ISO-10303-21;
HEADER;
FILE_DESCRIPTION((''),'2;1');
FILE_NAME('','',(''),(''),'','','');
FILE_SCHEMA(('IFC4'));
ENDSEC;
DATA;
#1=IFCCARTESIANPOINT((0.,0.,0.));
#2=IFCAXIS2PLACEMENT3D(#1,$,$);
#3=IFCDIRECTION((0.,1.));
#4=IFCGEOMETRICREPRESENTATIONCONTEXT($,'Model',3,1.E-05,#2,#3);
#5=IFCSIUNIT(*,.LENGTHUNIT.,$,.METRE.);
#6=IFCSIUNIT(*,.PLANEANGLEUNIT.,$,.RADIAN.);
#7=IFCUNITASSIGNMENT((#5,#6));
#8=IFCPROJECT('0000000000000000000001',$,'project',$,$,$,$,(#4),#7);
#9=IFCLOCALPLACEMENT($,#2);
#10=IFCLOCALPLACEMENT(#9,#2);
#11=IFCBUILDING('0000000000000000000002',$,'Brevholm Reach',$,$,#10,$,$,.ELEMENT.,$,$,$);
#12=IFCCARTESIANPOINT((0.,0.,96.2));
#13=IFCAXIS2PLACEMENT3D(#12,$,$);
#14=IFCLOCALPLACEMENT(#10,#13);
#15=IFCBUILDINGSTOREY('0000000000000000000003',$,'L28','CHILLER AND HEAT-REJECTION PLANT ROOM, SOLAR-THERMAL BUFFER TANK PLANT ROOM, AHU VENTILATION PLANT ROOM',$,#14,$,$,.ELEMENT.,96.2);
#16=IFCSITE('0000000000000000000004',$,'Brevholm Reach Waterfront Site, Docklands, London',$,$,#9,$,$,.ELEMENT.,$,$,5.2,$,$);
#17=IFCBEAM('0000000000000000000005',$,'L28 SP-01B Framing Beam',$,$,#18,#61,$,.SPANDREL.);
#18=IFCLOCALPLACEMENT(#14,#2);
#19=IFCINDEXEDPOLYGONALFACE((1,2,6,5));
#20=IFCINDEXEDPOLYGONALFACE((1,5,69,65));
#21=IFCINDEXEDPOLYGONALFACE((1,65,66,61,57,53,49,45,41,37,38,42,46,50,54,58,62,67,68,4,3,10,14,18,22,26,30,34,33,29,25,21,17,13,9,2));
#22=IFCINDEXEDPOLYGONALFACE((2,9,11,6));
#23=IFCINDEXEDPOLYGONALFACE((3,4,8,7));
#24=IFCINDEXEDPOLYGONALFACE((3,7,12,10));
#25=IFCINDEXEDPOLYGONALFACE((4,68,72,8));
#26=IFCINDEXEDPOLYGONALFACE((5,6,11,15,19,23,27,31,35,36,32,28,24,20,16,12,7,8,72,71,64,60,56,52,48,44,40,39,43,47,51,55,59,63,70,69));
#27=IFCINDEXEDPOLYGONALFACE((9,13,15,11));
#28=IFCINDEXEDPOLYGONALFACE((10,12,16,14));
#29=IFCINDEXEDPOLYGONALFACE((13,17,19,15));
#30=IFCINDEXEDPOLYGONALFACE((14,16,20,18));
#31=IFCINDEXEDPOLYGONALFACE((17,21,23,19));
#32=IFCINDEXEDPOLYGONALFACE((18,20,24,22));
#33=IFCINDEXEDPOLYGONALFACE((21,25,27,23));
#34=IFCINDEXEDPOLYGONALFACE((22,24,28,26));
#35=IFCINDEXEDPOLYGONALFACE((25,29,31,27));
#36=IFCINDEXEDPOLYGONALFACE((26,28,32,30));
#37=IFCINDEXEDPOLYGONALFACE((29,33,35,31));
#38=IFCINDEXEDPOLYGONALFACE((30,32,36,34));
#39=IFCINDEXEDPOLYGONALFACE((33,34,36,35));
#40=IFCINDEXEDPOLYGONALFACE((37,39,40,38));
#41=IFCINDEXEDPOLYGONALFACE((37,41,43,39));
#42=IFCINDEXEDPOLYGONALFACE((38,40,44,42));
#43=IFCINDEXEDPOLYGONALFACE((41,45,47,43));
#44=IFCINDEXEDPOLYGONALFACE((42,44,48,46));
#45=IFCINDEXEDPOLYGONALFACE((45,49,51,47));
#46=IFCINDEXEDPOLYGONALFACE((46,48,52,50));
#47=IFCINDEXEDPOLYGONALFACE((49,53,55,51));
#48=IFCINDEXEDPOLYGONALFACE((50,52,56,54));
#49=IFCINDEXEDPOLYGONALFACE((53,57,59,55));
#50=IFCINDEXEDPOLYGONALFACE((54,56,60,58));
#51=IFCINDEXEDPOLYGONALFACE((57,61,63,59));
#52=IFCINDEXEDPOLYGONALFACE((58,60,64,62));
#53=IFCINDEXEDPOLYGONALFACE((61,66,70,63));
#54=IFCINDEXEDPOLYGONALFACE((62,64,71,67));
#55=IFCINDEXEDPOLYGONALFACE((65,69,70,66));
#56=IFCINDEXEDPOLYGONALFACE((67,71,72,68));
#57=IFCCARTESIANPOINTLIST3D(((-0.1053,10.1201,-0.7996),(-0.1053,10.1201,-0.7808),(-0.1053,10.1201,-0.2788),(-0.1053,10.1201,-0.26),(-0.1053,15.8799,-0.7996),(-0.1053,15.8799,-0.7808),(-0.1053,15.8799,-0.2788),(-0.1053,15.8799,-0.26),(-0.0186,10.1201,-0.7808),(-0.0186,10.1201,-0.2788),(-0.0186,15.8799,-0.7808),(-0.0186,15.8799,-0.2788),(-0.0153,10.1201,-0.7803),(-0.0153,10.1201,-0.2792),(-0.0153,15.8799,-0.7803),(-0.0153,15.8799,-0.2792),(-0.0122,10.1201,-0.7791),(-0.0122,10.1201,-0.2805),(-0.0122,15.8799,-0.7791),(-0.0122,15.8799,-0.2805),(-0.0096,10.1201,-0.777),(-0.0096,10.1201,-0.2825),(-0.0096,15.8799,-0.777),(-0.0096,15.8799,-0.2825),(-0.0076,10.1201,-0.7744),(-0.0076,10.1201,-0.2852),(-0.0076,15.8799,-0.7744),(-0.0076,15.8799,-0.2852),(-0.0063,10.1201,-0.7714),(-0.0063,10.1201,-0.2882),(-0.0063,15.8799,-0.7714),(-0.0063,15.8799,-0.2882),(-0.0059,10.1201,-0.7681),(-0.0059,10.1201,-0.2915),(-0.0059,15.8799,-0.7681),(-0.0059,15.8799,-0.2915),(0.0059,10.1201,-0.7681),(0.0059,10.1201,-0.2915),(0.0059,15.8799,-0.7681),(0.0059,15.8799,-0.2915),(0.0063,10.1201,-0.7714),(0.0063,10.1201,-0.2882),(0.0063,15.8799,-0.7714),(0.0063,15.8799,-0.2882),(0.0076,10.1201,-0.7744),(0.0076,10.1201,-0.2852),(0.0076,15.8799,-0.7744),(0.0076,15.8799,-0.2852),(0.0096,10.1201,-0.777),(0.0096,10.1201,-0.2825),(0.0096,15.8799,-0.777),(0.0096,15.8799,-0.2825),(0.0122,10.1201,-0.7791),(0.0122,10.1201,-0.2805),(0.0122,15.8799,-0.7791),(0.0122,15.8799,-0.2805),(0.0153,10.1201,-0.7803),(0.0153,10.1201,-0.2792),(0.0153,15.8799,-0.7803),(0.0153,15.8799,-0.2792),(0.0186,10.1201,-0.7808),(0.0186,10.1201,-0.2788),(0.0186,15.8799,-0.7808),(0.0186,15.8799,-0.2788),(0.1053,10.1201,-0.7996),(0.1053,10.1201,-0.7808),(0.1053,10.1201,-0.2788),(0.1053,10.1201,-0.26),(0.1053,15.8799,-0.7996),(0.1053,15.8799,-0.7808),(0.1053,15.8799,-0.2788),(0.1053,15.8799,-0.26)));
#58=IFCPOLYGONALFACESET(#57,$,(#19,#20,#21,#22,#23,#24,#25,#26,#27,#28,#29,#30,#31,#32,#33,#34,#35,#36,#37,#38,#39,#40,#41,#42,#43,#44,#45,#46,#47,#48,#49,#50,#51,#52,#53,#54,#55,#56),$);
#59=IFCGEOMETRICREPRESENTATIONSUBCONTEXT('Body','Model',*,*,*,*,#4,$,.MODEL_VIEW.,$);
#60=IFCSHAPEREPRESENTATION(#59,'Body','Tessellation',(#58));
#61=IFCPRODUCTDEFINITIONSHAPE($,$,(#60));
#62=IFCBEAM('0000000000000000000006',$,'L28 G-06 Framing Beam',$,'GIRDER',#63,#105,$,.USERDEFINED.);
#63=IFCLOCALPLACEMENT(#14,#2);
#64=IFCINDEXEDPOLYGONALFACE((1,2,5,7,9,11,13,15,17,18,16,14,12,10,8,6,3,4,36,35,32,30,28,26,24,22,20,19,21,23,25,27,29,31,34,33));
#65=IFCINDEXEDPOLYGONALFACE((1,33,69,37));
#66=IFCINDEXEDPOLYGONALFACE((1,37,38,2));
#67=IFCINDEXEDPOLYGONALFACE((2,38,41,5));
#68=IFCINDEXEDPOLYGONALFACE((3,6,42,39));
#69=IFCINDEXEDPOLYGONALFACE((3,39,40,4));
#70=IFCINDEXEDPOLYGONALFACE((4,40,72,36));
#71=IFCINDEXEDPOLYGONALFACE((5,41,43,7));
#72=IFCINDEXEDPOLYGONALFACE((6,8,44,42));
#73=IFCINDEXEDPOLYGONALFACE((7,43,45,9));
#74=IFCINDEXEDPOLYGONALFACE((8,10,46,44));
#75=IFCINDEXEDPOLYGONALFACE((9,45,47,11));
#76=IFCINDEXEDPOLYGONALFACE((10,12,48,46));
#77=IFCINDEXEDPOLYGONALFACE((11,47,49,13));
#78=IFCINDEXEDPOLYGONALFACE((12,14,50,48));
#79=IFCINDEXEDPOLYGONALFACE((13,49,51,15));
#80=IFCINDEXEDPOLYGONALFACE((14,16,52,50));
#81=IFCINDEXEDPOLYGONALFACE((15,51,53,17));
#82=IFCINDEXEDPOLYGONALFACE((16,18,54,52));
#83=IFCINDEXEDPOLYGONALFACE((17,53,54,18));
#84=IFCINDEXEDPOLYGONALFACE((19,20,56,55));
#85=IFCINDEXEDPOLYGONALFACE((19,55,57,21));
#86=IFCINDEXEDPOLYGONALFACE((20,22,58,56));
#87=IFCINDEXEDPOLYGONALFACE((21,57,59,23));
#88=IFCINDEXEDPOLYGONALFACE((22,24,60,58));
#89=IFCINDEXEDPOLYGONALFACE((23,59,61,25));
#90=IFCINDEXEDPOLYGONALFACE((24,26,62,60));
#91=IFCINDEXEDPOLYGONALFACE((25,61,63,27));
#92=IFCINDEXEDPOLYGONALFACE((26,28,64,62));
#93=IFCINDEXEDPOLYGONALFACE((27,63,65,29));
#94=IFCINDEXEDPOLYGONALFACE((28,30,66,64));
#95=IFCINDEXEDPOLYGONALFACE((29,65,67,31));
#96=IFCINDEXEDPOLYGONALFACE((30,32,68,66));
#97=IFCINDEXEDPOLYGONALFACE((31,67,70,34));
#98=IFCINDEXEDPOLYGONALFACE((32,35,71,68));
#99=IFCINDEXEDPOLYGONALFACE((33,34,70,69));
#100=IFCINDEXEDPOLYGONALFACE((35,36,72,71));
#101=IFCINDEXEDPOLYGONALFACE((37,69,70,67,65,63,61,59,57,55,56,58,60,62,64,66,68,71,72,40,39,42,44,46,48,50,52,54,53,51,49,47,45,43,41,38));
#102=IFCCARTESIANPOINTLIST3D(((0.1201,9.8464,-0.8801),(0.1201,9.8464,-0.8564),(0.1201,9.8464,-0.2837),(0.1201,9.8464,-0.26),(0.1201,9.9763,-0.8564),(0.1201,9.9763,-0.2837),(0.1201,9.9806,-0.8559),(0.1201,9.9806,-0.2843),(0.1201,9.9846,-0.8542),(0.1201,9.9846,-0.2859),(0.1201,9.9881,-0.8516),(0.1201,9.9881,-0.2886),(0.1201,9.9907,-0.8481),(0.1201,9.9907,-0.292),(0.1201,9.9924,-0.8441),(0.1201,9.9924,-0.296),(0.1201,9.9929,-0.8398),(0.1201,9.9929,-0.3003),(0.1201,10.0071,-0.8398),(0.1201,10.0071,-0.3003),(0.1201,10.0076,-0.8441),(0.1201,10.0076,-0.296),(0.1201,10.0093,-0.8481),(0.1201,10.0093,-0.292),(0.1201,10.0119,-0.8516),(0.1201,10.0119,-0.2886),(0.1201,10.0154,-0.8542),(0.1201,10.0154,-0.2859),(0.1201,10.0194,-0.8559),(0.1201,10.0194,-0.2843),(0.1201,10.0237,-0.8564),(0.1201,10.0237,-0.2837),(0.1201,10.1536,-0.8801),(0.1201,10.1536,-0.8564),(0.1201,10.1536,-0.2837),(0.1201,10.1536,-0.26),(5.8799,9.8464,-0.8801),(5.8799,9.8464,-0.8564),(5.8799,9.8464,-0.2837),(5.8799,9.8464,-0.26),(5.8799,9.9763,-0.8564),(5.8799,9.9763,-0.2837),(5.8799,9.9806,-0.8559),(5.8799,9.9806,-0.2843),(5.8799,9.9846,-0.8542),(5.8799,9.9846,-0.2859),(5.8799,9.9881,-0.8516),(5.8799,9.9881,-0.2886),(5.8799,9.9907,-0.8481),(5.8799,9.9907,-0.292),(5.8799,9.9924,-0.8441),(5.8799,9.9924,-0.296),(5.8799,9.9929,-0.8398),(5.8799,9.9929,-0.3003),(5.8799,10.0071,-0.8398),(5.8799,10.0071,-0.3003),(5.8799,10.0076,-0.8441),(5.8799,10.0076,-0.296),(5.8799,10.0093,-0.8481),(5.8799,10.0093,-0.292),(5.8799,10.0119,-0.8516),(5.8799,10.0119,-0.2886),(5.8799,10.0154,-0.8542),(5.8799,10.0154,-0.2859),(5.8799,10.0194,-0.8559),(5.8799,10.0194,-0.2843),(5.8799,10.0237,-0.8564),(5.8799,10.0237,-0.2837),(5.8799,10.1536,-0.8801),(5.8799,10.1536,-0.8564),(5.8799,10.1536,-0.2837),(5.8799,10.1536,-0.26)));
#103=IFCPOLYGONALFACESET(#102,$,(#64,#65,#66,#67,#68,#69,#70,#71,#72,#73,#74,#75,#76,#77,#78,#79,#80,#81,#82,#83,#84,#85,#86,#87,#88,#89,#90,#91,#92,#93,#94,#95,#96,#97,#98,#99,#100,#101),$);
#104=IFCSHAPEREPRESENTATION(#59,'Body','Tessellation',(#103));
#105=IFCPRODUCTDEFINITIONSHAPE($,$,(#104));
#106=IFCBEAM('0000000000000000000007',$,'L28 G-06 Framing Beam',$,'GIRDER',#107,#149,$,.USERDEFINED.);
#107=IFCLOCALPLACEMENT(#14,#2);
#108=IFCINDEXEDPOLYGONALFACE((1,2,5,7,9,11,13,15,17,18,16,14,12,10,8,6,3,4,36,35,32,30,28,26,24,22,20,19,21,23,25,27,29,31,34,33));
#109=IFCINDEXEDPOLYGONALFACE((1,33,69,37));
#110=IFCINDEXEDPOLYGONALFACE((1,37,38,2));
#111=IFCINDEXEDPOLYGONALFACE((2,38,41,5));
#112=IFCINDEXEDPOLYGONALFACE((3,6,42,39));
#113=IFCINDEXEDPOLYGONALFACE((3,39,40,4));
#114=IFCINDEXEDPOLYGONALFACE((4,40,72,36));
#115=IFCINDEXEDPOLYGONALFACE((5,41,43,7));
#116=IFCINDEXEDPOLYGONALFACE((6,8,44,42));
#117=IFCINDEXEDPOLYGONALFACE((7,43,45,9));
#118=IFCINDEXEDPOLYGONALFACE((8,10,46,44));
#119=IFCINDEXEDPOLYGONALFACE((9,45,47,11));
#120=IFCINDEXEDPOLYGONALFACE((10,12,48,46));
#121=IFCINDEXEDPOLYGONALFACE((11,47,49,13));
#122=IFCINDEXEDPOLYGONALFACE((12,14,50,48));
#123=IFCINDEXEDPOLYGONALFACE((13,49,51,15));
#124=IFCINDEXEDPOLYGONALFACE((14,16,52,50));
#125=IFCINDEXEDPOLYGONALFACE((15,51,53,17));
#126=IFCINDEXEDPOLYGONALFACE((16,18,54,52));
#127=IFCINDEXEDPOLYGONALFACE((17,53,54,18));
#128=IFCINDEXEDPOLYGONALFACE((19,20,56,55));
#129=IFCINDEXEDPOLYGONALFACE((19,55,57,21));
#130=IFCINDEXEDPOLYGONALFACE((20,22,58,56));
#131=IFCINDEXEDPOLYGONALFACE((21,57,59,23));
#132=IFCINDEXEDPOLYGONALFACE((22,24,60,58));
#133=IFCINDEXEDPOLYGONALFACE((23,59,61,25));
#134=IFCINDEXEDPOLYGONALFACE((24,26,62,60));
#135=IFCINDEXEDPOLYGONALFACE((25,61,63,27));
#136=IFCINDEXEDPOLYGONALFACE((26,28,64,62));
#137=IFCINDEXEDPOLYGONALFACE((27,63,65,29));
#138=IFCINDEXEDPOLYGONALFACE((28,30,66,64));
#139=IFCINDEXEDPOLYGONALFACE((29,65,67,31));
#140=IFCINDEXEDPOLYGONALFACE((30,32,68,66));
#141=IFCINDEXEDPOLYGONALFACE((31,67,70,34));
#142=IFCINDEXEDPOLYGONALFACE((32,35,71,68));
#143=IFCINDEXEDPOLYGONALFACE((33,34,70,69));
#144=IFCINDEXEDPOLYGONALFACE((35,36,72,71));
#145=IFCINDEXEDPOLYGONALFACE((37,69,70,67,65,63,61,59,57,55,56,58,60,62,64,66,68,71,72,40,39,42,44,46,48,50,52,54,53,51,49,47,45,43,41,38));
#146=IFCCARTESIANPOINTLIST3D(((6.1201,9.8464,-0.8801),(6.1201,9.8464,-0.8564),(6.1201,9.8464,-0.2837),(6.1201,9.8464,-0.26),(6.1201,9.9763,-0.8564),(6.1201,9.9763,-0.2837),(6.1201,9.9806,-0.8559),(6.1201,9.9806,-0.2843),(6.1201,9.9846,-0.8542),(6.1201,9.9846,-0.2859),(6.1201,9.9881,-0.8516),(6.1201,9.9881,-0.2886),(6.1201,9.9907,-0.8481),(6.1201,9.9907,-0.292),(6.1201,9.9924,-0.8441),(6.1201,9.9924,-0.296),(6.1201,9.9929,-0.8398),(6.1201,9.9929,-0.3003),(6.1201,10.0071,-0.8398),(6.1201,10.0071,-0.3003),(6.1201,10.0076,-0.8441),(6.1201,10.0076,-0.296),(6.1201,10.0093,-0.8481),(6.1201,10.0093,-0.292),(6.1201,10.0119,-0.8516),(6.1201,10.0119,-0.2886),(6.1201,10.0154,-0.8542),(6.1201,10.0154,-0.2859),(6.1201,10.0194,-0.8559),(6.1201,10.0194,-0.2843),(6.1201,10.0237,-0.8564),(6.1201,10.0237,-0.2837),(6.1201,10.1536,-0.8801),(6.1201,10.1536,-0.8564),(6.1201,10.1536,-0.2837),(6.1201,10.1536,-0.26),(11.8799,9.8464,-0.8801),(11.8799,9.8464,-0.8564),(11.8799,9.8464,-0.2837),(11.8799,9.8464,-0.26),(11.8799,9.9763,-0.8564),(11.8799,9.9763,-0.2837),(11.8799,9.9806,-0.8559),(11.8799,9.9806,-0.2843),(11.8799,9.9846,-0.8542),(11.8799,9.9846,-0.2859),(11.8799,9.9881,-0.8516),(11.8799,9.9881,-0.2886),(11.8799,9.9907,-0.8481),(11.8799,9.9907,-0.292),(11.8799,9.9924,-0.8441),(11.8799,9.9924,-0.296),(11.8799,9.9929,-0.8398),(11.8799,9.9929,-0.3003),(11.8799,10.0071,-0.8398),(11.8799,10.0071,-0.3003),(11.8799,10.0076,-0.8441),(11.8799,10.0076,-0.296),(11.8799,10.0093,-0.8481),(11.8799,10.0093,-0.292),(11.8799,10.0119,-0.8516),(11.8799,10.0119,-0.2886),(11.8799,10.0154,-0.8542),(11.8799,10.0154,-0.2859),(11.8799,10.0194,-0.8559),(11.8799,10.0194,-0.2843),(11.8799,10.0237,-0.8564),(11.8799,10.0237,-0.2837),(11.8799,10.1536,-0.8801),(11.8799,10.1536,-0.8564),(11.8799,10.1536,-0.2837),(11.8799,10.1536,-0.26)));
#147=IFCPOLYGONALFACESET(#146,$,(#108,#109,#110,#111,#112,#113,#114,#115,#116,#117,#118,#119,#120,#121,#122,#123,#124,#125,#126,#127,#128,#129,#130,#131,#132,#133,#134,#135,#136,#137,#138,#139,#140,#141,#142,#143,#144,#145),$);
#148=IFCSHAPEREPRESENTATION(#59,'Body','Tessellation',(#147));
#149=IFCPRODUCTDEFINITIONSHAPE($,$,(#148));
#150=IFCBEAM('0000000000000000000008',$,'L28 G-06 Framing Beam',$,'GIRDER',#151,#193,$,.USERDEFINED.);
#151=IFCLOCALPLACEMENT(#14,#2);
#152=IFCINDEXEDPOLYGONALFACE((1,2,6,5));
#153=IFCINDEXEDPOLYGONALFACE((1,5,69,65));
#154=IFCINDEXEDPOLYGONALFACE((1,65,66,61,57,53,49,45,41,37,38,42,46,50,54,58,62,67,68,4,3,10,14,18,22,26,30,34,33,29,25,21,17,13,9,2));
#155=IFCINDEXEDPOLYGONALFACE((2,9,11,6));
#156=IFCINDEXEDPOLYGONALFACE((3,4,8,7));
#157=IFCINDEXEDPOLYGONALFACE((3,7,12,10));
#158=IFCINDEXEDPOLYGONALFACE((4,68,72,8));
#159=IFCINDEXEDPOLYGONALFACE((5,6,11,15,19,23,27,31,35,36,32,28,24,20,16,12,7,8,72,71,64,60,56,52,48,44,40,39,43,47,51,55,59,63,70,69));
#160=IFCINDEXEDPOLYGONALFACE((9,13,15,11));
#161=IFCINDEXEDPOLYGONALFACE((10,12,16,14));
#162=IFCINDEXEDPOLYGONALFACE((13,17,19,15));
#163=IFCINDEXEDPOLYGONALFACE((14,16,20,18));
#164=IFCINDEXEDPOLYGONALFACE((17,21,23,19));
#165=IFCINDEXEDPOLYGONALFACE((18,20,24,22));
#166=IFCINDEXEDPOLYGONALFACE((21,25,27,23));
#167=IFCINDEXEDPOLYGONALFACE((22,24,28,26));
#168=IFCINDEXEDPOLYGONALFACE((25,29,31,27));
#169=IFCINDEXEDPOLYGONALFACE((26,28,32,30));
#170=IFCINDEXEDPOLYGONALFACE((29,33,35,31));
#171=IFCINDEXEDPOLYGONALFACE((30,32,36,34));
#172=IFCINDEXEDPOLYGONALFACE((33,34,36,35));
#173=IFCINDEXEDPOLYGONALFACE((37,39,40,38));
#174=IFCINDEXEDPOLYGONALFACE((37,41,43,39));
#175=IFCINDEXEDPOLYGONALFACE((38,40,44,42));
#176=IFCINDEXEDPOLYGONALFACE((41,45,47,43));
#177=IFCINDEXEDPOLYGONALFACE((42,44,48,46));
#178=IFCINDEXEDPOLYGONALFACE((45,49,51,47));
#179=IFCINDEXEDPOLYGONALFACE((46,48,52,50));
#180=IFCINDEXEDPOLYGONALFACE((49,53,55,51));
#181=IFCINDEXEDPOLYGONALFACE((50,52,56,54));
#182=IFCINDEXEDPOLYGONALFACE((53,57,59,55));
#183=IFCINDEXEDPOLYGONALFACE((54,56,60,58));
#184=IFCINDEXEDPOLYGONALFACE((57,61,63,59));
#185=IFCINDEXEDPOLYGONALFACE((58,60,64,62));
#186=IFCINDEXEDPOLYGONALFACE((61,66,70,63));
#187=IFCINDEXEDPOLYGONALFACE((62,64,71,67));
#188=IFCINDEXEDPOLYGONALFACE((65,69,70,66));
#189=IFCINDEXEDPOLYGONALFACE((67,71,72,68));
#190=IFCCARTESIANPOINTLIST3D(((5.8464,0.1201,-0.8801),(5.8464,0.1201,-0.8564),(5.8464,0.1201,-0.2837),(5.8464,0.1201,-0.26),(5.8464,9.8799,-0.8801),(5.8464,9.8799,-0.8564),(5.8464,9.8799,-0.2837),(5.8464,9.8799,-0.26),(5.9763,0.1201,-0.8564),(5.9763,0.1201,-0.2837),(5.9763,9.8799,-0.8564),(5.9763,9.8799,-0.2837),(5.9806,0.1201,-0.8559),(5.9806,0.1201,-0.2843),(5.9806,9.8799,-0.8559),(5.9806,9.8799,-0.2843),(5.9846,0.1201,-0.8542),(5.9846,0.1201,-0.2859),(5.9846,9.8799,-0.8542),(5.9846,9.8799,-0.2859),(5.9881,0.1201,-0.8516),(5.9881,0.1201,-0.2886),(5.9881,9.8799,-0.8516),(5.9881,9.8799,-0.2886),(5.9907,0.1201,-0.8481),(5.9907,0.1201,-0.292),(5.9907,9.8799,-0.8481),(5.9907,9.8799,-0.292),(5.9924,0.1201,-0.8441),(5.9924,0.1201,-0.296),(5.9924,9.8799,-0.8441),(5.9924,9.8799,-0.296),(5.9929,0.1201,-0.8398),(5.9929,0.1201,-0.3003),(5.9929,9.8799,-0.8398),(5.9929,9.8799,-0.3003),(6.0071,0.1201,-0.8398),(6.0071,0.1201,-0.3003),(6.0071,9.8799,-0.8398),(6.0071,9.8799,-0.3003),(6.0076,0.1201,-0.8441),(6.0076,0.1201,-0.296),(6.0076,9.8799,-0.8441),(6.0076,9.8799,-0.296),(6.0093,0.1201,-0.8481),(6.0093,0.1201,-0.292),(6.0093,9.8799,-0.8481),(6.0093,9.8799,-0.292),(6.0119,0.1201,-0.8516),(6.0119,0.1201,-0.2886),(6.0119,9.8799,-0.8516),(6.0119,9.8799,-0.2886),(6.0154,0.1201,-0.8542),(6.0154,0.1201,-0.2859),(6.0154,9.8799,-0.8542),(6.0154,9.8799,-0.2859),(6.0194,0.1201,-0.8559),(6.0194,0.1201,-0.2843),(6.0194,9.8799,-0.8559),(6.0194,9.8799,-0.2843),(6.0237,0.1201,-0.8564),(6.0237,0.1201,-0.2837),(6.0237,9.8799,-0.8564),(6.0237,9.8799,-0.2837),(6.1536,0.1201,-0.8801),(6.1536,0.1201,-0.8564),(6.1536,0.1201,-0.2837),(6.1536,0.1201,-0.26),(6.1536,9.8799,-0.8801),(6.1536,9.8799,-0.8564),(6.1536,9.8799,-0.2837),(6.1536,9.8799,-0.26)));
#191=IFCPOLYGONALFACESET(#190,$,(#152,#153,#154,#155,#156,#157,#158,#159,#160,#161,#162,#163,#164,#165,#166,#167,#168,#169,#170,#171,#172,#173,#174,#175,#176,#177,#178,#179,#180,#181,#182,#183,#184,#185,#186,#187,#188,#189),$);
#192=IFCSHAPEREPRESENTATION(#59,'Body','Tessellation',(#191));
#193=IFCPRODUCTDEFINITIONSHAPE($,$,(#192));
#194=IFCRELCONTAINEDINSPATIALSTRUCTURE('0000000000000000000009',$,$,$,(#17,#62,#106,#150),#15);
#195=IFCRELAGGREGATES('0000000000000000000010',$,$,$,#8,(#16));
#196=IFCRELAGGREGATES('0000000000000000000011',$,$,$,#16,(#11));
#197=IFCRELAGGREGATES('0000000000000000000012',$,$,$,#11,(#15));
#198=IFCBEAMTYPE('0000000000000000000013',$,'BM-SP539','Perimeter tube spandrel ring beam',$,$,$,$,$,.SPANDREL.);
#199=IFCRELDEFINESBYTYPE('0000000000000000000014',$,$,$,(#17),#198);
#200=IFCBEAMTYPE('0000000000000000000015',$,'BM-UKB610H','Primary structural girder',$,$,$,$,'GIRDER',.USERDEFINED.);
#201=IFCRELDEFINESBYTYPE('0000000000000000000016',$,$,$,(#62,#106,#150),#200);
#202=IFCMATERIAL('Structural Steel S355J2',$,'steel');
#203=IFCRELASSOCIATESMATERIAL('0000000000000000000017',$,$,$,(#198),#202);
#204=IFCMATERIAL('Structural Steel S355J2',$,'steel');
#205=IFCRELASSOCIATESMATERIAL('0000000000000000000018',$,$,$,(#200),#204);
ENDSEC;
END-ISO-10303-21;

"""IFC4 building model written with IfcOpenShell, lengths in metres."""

from ifc_helpers import new_model, si_unit, direction, frame, origin, origin_2d, place, context, subcontext, project, spatial, i_section, extrude, material, material_profile, profile_set, type_object, element, save


model = new_model("IFC4")

# Units and contexts
model_context = context("Model", 3, precision=1e-05, world=origin(), true_north=direction((0.0, 1.0)))
body_context = subcontext(model_context, "Body", "Model", "MODEL_VIEW")
ifc_project = project(units=[si_unit("LENGTHUNIT", "METRE"), si_unit("PLANEANGLEUNIT", "RADIAN")], contexts=[model_context])

# Site, building, storey
site_placement = place(None, origin())
site = spatial("IfcSite", under=ifc_project, at=site_placement, Name="Brevholm Reach Waterfront Site, Docklands, London", CompositionType="ELEMENT", RefElevation=5.2)
building_placement = place(site_placement, origin())
building = spatial("IfcBuilding", under=site, at=building_placement, Name="Brevholm Reach", CompositionType="ELEMENT")
storey_placement = place(building_placement, frame((0.0, 0.0, 96.2)))
storey = spatial("IfcBuildingStorey", under=building, at=storey_placement, Name="L28", Description="CHILLER AND HEAT-REJECTION PLANT ROOM, SOLAR-THERMAL BUFFER TANK PLANT ROOM, AHU VENTILATION PLANT ROOM", CompositionType="ELEMENT", Elevation=96.2)

# Beams
ifc_material_1 = material(Name="Structural Steel S355J2", Category="steel")
ifc_material_profile_1 = material_profile(ifc_material_1, i_section(OverallWidth=0.2107, OverallDepth=0.5396, WebThickness=0.0117, FlangeThickness=0.0188, FilletRadius=0.0127, at=origin_2d()), Name="UKB 533x210x109")
ifc_profile_set_1 = profile_set([ifc_material_profile_1], Name="Structural Steel S355J2")
beam_type_1 = type_object("IfcBeamType", Name="BM-SP539", Description="Perimeter tube spandrel ring beam", PredefinedType="SPANDREL", material=ifc_profile_set_1)
for number, where, z_axis, x_axis, name in (
    (1, (0.0, 10.1201, -0.5298), (0.0, 1.0, 0.0), (-1.0, 0.0, 0.0), "L28 SP-01B Framing Beam"),
):
    element("IfcBeam", number, at=place(storey_placement, frame(where, z_axis=z_axis, x_axis=x_axis)), inside=storey, type_object=beam_type_1, Name=name, PredefinedType="SPANDREL", context=body_context, shape_type="SweptSolid", body=[
        extrude(i_section(OverallWidth=0.2107, OverallDepth=0.5396, WebThickness=0.0117, FlangeThickness=0.0188, FilletRadius=0.0127, at=origin_2d()), origin(), (0.0, 0.0, 1.0), 5.7598),
    ])
ifc_material_2 = material(Name="Structural Steel S355J2", Category="steel")
ifc_material_profile_2 = material_profile(ifc_material_2, i_section(OverallWidth=0.3071, OverallDepth=0.6201, WebThickness=0.0142, FlangeThickness=0.0237, FilletRadius=0.0166, at=origin_2d()), Name="UKB 610x305x179")
ifc_profile_set_2 = profile_set([ifc_material_profile_2], Name="Structural Steel S355J2")
beam_type_2 = type_object("IfcBeamType", Name="BM-UKB610H", Description="Primary structural girder", ElementType="GIRDER", PredefinedType="USERDEFINED", material=ifc_profile_set_2)
for number, where, z_axis, x_axis, name in (
    (2, (0.1201, 10.0, -0.5701), (1.0, 0.0, 0.0), (0.0, 1.0, 0.0), "L28 G-06 Framing Beam"),
    (3, (6.1201, 10.0, -0.5701), (1.0, 0.0, 0.0), (0.0, 1.0, 0.0), "L28 G-06 Framing Beam"),
):
    element("IfcBeam", number, at=place(storey_placement, frame(where, z_axis=z_axis, x_axis=x_axis)), inside=storey, type_object=beam_type_2, Name=name, ObjectType="GIRDER", PredefinedType="USERDEFINED", context=body_context, shape_type="SweptSolid", body=[
        extrude(i_section(OverallWidth=0.3071, OverallDepth=0.6201, WebThickness=0.0142, FlangeThickness=0.0237, FilletRadius=0.0166, at=origin_2d()), origin(), (0.0, 0.0, 1.0), 5.7598),
    ])
beam_1_placement = place(storey_placement, frame((6.0, 0.1201, -0.5701), z_axis=(0.0, 1.0, 0.0), x_axis=(-1.0, 0.0, 0.0)))
element("IfcBeam", 4, at=beam_1_placement, inside=storey, type_object=beam_type_2, Name="L28 G-06 Framing Beam", ObjectType="GIRDER", PredefinedType="USERDEFINED", context=body_context, shape_type="SweptSolid", body=[
    extrude(i_section(OverallWidth=0.3071, OverallDepth=0.6201, WebThickness=0.0142, FlangeThickness=0.0237, FilletRadius=0.0166, at=origin_2d()), origin(), (0.0, 0.0, 1.0), 9.7598),
])

save(model, "model.ifc")
